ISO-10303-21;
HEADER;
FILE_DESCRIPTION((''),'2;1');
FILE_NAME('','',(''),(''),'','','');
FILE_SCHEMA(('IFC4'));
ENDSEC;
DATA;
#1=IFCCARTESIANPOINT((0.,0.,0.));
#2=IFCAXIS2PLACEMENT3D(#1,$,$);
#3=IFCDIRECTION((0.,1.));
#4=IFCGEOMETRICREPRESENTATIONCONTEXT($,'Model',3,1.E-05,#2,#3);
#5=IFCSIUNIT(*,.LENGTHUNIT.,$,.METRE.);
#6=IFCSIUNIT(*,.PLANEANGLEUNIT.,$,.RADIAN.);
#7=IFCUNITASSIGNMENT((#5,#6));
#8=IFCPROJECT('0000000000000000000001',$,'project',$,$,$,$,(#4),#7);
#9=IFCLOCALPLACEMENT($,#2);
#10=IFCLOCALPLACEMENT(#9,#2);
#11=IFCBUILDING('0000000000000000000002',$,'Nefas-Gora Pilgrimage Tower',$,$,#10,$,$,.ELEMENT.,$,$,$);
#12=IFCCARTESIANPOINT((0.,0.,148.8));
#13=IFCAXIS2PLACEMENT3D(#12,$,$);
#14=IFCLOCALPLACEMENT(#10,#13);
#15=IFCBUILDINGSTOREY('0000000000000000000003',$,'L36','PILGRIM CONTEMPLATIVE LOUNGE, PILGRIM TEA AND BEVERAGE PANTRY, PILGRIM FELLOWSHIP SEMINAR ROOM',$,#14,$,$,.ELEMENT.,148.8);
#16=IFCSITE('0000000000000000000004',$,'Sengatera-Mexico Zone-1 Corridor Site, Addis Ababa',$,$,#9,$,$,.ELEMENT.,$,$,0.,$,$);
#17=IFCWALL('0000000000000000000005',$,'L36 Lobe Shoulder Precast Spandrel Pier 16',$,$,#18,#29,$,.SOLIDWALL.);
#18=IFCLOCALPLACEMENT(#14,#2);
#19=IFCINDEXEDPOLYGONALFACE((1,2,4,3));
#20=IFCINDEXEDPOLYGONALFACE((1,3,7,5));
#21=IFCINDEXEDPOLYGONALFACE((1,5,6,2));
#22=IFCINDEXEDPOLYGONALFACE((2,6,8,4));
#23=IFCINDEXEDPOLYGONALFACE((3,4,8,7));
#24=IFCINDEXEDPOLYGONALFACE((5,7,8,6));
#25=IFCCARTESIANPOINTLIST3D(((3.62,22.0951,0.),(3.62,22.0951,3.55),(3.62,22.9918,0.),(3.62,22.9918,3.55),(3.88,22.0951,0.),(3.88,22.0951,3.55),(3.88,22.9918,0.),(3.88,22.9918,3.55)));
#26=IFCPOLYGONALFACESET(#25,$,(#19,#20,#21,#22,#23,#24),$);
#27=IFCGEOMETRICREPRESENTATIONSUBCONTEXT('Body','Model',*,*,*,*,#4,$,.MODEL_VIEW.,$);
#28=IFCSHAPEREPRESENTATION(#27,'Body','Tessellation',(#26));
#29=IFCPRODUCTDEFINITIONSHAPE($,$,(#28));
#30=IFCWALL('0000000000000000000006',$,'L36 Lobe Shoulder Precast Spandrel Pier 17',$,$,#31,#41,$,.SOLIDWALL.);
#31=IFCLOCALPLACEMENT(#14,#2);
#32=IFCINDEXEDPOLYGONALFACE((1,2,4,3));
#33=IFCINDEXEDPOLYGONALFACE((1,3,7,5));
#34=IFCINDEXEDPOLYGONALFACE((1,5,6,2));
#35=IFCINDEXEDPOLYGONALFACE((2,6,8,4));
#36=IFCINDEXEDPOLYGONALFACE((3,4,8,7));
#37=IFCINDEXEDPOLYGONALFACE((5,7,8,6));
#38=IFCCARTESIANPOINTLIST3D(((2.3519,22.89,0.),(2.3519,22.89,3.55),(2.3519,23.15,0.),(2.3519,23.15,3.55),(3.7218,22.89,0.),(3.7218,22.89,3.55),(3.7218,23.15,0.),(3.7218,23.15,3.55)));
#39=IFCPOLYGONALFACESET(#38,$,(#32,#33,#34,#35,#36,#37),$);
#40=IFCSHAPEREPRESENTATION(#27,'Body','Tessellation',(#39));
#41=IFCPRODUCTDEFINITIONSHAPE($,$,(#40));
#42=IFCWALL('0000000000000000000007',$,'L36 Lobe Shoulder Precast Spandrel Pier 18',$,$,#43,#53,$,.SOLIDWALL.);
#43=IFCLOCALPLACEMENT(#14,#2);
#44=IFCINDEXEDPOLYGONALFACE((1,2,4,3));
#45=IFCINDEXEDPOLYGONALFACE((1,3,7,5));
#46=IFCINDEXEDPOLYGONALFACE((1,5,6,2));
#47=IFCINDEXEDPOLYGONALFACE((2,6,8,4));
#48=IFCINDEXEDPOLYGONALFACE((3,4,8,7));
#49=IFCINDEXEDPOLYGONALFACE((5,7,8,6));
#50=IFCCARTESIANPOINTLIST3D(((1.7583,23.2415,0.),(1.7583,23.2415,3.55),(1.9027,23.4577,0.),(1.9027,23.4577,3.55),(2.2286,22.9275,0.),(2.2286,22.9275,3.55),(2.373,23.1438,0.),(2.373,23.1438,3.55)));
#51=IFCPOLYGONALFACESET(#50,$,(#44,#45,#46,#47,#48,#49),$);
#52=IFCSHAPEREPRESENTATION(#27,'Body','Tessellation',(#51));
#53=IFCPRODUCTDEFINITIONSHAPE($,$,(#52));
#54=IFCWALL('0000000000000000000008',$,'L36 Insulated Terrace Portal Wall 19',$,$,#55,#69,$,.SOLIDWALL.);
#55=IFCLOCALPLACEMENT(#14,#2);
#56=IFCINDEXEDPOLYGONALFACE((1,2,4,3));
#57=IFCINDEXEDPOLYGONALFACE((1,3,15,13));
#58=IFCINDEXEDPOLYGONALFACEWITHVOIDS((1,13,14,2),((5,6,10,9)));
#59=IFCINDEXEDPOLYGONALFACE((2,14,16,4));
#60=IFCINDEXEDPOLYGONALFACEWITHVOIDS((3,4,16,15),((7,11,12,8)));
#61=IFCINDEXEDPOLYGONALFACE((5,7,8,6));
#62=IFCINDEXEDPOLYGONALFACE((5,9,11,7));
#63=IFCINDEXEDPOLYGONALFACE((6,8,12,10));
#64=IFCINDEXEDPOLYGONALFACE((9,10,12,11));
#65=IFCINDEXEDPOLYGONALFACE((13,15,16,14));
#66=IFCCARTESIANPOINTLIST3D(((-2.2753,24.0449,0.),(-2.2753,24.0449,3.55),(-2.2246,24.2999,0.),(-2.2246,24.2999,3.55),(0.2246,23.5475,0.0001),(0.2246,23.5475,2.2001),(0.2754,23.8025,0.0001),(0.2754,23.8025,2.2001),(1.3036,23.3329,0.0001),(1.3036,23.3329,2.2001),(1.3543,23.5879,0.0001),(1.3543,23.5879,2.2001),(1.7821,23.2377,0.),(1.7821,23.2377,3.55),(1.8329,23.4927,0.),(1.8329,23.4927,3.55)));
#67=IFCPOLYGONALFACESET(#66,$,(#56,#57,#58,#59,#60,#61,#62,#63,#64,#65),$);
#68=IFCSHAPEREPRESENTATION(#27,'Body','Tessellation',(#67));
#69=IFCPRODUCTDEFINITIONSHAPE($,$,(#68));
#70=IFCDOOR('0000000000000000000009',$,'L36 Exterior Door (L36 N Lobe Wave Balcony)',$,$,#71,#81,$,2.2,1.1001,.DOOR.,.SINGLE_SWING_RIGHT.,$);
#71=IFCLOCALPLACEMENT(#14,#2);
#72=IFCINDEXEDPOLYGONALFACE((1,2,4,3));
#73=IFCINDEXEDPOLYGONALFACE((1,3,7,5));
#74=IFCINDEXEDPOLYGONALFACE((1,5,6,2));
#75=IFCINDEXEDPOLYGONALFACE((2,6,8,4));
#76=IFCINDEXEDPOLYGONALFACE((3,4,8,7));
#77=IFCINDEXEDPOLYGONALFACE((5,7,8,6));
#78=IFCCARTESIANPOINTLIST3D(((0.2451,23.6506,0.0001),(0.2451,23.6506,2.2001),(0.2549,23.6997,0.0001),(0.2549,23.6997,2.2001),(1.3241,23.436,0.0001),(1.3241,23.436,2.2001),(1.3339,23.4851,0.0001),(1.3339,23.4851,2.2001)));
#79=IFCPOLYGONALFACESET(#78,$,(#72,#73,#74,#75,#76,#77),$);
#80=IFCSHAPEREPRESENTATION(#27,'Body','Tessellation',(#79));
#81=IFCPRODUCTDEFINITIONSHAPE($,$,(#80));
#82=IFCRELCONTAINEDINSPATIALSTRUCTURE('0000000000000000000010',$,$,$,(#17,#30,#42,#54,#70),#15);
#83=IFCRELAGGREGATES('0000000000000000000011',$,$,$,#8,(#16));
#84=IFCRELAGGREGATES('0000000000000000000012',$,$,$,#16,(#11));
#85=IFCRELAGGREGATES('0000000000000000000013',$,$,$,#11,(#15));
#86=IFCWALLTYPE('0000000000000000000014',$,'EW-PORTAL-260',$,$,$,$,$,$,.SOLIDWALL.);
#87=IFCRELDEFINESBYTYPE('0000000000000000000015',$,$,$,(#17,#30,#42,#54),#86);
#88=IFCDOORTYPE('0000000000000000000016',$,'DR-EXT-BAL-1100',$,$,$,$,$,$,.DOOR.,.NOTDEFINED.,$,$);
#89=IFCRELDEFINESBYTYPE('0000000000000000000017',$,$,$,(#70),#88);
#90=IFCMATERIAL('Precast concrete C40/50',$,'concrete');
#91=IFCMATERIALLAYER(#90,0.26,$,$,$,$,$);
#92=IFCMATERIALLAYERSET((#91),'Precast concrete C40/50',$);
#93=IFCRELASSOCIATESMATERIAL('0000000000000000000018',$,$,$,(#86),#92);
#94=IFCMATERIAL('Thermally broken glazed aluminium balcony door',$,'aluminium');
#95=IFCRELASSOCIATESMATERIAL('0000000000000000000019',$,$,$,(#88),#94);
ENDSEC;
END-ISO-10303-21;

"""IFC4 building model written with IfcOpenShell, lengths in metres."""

from ifc_helpers import new_model, si_unit, direction, frame, frame_2d, origin, place, context, subcontext, project, spatial, rectangle, extrude, source, transform, mapped, material, layer, layer_set, type_object, element, fill, save


model = new_model("IFC4")

# Units and contexts
model_context = context("Model", 3, precision=1e-05, world=origin(), true_north=direction((0.0, 1.0)))
body_context = subcontext(model_context, "Body", "Model", "MODEL_VIEW")
ifc_project = project(units=[si_unit("LENGTHUNIT", "METRE"), si_unit("PLANEANGLEUNIT", "RADIAN")], contexts=[model_context])

# Site, building, storey
site_placement = place(None, origin())
site = spatial("IfcSite", under=ifc_project, at=site_placement, Name="Sengatera-Mexico Zone-1 Corridor Site, Addis Ababa", CompositionType="ELEMENT", RefElevation=0.0)
building_placement = place(site_placement, origin())
building = spatial("IfcBuilding", under=site, at=building_placement, Name="Nefas-Gora Pilgrimage Tower", CompositionType="ELEMENT")
storey_placement = place(building_placement, frame((0.0, 0.0, 148.8)))
storey = spatial("IfcBuildingStorey", under=building, at=storey_placement, Name="L36", Description="PILGRIM CONTEMPLATIVE LOUNGE, PILGRIM TEA AND BEVERAGE PANTRY, PILGRIM FELLOWSHIP SEMINAR ROOM", CompositionType="ELEMENT", Elevation=148.8)

# Walls
ifc_material_1 = material(Name="Precast concrete C40/50", Category="concrete")
ifc_layer_1 = layer(ifc_material_1, 0.26)
ifc_layer_set_1 = layer_set([ifc_layer_1], Name="Precast concrete C40/50")
wall_type = type_object("IfcWallType", Name="EW-PORTAL-260", PredefinedType="SOLIDWALL", material=ifc_layer_set_1)
shared_shape_1 = source(origin(), body_context, "Body", "SweptSolid", [
    extrude(rectangle(XDim=0.8967, YDim=0.26, at=frame_2d((0.4482, 0.0))), origin(), (0.0, 0.0, 1.0), 3.55),
])
wall_1_placement = place(storey_placement, frame((3.75, 22.0952, 0.0), z_axis=(0.0, 0.0, 1.0), x_axis=(0.0, 1.0, 0.0)))
element("IfcWall", 1, at=wall_1_placement, inside=storey, type_object=wall_type, Name="L36 Lobe Shoulder Precast Spandrel Pier 16", PredefinedType="SOLIDWALL", context=body_context, shape_type="MappedRepresentation", body=[
    mapped(shared_shape_1, transform((0.0, 0.0, 0.0), x_axis=(1.0, 0.0, 0.0), y_axis=(0.0, 1.0, 0.0), z_axis=(0.0, 0.0, 1.0), scale=1.0)),
])
shared_shape_2 = source(origin(), body_context, "Body", "SweptSolid", [
    extrude(rectangle(XDim=1.3699, YDim=0.26, at=frame_2d((0.6851, 0.0))), origin(), (0.0, 0.0, 1.0), 3.55),
])
wall_2_placement = place(storey_placement, frame((3.7219, 23.02, 0.0), z_axis=(0.0, 0.0, 1.0), x_axis=(-1.0, 0.0, 0.0)))
element("IfcWall", 2, at=wall_2_placement, inside=storey, type_object=wall_type, Name="L36 Lobe Shoulder Precast Spandrel Pier 17", PredefinedType="SOLIDWALL", context=body_context, shape_type="MappedRepresentation", body=[
    mapped(shared_shape_2, transform((0.0, 0.0, 0.0), x_axis=(1.0, 0.0, 0.0), y_axis=(0.0, 1.0, 0.0), z_axis=(0.0, 0.0, 1.0), scale=1.0)),
])
shared_shape_3 = source(origin(), body_context, "Body", "SweptSolid", [
    extrude(rectangle(XDim=0.5654, YDim=0.26, at=frame_2d((0.2827, 0.0))), origin(), (0.0, 0.0, 1.0), 3.55),
])
wall_3_placement = place(storey_placement, frame((2.3008, 23.0356, 0.0), z_axis=(0.0, 0.0, 1.0), x_axis=(-0.831651, 0.555298, 0.0)))
element("IfcWall", 3, at=wall_3_placement, inside=storey, type_object=wall_type, Name="L36 Lobe Shoulder Precast Spandrel Pier 18", PredefinedType="SOLIDWALL", context=body_context, shape_type="MappedRepresentation", body=[
    mapped(shared_shape_3, transform((0.0, 0.0, 0.0), x_axis=(1.0, 0.0, 0.0), y_axis=(0.0, 1.0, 0.0), z_axis=(0.0, 0.0, 1.0), scale=1.0)),
])

# Wall, opening, door
shared_shape_4 = source(origin(), body_context, "Body", "SweptSolid", [
    extrude(rectangle(XDim=4.137, YDim=0.26, at=frame_2d((2.0684, 0.0))), origin(), (0.0, 0.0, 1.0), 3.55),
])
wall_4_placement = place(storey_placement, frame((1.8074, 23.3652, 0.0), z_axis=(0.0, 0.0, 1.0), x_axis=(-0.980782, 0.195106, 0.0)))
wall_4 = element("IfcWall", 4, at=wall_4_placement, inside=storey, type_object=wall_type, Name="L36 Insulated Terrace Portal Wall 19", PredefinedType="SOLIDWALL", context=body_context, shape_type="MappedRepresentation", body=[
    mapped(shared_shape_4, transform((0.0, 0.0, 0.0), x_axis=(1.0, 0.0, 0.0), y_axis=(0.0, 1.0, 0.0), z_axis=(0.0, 0.0, 1.0), scale=1.0)),
])
opening_placement = place(wall_4_placement, frame((0.4878, 0.0, 0.0)))
opening = element("IfcOpeningElement", 5, at=opening_placement, cuts=wall_4, PredefinedType="OPENING", context=body_context, shape_type="SweptSolid", body=[
    extrude(rectangle(XDim=1.1001, YDim=2.2, at=frame_2d((0.55, 1.1001))), frame((0.0, 0.1399, 0.0), z_axis=(0.0, -1.0, 0.0), x_axis=(1.0, 0.0, 0.0)), (0.0, 0.0, 1.0), 0.28),
])
ifc_material_2 = material(Name="Thermally broken glazed aluminium balcony door", Category="aluminium")
door_type = type_object("IfcDoorType", Name="DR-EXT-BAL-1100", OperationType="NOTDEFINED", PredefinedType="DOOR", material=ifc_material_2)
shared_shape_5 = source(origin(), body_context, "Body", "SweptSolid", [
    extrude(rectangle(XDim=1.1001, YDim=2.2, at=frame_2d((0.55, 1.1001))), frame((0.0, 0.0249, 0.0), z_axis=(0.0, -1.0, 0.0), x_axis=(1.0, 0.0, 0.0)), (0.0, 0.0, 1.0), 0.05),
])
door_placement = place(opening_placement, origin())
door = element("IfcDoor", 6, at=door_placement, inside=storey, type_object=door_type, Name="L36 Exterior Door (L36 N Lobe Wave Balcony)", OperationType="SINGLE_SWING_RIGHT", OverallHeight=2.2, OverallWidth=1.1001, PredefinedType="DOOR", context=body_context, shape_type="MappedRepresentation", body=[
    mapped(shared_shape_5, transform((0.0, 0.0, 0.0), x_axis=(1.0, 0.0, 0.0), y_axis=(0.0, 1.0, 0.0), z_axis=(0.0, 0.0, 1.0), scale=1.0)),
])
fill(opening, door)

save(model, "model.ifc")
